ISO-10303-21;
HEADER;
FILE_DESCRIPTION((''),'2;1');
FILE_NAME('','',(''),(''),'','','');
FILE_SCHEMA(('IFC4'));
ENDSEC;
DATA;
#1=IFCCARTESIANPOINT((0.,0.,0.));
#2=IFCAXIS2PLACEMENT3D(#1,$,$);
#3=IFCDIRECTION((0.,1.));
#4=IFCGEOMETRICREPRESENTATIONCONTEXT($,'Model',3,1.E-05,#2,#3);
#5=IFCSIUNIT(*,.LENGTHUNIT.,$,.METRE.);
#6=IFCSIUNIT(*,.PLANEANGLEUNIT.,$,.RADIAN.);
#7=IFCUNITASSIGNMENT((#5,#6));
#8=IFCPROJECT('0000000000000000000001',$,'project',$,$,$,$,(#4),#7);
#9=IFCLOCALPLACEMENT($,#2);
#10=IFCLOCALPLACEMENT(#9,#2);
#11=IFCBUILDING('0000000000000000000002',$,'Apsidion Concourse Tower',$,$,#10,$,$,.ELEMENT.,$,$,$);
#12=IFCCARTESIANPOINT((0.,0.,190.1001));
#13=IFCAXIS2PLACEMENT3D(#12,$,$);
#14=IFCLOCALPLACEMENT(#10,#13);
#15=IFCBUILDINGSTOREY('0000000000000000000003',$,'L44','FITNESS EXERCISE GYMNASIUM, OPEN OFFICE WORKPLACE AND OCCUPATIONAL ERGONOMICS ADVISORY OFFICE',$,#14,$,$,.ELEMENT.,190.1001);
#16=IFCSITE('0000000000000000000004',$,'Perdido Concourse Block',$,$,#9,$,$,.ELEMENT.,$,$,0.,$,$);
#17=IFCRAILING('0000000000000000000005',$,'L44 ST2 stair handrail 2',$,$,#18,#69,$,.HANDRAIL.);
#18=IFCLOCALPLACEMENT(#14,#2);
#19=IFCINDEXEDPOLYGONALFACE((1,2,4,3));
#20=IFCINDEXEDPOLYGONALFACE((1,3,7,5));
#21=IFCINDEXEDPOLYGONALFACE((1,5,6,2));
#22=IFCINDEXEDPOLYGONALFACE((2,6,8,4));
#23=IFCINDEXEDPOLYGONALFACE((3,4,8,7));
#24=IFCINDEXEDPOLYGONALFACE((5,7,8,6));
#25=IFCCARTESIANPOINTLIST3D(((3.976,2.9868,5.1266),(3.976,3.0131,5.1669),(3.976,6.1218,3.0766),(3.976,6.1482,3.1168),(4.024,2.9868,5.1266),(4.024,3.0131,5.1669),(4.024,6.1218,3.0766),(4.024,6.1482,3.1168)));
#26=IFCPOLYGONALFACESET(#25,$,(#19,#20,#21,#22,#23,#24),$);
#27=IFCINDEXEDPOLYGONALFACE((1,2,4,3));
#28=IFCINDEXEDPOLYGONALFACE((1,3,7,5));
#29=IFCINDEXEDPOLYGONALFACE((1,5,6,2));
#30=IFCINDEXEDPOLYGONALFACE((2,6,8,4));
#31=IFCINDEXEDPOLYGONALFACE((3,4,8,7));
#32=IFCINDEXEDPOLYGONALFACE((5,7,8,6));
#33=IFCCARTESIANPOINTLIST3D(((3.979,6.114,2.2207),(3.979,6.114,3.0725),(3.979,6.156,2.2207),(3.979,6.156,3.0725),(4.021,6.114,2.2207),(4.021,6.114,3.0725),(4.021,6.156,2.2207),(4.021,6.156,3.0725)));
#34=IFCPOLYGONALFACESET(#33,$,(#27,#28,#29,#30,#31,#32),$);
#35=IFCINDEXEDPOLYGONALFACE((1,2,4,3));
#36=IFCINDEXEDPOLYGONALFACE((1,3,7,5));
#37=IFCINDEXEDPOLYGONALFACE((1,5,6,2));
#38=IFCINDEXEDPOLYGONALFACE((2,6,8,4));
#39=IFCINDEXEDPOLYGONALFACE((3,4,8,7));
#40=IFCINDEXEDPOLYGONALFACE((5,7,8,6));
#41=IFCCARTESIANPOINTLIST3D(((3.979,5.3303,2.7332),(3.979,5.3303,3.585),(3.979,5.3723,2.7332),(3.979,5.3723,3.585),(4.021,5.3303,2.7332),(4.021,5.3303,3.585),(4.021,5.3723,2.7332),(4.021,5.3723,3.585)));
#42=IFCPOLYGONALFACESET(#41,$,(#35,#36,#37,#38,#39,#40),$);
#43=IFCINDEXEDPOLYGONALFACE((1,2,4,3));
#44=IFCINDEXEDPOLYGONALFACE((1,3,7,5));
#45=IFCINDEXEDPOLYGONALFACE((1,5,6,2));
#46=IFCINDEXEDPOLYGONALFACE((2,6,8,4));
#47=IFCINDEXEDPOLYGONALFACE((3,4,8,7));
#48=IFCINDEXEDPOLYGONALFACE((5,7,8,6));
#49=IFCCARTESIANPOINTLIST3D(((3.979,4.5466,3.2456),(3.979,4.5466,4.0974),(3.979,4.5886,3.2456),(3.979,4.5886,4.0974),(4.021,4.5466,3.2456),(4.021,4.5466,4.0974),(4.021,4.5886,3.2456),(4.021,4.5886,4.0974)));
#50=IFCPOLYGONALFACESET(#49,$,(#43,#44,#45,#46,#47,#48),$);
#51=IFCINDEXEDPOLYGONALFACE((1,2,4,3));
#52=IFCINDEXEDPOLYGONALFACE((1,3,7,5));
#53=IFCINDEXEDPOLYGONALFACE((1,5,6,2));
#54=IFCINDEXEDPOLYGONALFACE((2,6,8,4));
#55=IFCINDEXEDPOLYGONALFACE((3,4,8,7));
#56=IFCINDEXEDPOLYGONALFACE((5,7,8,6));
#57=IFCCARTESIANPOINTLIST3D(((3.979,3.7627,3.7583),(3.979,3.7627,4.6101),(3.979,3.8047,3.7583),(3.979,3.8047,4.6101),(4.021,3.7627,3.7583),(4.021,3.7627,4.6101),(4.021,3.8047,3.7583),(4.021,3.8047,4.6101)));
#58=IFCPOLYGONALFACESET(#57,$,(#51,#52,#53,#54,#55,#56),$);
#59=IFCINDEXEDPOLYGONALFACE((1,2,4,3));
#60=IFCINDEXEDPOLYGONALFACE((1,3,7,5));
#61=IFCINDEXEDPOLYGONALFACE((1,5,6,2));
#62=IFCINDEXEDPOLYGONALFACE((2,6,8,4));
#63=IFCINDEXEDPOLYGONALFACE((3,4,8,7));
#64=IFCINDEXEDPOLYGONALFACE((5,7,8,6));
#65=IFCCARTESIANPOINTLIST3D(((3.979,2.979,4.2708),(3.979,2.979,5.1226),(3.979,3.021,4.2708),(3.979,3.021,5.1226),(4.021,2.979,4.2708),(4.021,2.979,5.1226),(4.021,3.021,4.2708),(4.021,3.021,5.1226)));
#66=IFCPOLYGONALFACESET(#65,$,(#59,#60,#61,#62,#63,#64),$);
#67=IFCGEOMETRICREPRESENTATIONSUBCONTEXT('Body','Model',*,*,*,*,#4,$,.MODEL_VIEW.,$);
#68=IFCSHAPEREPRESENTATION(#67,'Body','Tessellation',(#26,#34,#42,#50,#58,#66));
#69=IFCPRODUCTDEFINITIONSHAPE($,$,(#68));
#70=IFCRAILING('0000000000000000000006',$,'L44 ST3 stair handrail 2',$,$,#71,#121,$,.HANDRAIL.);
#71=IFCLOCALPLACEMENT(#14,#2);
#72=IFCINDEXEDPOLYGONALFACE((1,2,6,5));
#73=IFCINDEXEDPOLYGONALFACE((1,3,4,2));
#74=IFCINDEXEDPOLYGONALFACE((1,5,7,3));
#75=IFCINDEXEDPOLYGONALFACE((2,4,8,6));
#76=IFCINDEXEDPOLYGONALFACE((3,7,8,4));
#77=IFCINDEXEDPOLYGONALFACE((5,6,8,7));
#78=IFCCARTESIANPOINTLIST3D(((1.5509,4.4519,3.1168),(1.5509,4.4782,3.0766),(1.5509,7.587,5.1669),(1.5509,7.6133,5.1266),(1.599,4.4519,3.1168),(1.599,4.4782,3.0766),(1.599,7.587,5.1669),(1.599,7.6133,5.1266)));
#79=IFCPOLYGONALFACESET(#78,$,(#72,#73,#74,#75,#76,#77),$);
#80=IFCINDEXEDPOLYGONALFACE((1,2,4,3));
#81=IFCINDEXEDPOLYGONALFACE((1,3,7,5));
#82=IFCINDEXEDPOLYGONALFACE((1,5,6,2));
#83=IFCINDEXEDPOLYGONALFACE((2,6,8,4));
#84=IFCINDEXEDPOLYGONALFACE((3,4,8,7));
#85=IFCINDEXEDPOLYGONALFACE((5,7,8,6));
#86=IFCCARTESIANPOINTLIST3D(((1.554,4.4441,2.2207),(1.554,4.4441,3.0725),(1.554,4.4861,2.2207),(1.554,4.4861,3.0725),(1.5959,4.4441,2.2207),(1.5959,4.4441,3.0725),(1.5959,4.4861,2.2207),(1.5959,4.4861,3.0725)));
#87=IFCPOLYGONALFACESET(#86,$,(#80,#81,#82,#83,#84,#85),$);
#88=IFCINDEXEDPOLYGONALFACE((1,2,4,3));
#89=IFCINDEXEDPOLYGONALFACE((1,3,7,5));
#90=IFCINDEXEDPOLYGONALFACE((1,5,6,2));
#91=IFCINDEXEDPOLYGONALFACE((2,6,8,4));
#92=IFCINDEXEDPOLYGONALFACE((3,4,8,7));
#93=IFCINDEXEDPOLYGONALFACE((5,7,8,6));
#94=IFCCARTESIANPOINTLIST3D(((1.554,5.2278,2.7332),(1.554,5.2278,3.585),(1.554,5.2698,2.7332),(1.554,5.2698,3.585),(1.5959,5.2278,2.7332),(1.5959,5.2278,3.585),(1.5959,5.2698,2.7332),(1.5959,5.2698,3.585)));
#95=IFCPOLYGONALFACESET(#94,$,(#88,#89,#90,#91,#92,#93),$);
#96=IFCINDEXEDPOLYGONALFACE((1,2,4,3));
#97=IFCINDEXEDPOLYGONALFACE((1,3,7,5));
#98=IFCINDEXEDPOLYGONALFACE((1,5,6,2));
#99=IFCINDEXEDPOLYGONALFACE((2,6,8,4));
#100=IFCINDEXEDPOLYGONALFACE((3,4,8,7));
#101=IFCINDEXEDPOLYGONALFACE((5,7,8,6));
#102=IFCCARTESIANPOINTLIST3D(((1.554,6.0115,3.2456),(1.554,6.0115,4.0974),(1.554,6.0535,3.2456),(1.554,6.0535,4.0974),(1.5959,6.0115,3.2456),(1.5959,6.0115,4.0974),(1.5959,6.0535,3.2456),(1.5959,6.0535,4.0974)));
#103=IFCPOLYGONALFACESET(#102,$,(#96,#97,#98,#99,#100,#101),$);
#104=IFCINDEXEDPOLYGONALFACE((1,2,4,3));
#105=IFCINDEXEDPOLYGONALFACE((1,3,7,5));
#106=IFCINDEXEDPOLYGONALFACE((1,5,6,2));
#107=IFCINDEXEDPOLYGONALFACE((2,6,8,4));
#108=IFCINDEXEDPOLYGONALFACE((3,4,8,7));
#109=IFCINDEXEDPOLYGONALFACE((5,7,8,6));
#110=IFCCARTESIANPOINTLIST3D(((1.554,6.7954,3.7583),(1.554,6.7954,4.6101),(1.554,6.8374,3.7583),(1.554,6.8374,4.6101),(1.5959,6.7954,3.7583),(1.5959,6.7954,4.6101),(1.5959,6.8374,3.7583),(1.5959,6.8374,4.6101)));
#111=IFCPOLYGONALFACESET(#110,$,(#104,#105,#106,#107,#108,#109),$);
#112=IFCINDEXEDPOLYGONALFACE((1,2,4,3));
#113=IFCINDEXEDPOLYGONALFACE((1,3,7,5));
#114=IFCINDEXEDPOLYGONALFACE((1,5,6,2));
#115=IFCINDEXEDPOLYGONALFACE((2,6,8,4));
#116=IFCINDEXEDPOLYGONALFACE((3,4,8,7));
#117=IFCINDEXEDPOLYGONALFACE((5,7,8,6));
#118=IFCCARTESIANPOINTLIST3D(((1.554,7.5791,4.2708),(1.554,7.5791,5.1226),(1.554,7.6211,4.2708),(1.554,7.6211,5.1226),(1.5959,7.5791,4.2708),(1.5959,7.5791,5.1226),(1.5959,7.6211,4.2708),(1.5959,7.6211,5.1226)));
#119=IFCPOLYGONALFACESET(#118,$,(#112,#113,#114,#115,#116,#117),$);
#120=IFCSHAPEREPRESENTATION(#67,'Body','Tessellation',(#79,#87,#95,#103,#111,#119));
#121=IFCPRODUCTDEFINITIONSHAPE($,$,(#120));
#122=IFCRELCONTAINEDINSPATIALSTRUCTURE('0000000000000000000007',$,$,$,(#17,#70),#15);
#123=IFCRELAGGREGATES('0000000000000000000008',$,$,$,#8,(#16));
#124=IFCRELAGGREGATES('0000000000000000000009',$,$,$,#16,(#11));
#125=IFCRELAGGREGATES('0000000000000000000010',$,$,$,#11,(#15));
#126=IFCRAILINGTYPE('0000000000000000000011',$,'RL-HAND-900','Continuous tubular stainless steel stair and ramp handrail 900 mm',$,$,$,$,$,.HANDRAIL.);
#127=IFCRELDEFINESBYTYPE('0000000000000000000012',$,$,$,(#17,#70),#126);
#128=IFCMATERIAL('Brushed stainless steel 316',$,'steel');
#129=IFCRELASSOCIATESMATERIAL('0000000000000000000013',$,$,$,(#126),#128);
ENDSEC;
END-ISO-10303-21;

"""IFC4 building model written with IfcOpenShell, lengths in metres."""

from ifc_helpers import new_model, si_unit, direction, frame, origin, origin_2d, place, context, subcontext, project, spatial, rectangle, extrude, material, type_object, element, save


model = new_model("IFC4")

# Units and contexts
model_context = context("Model", 3, precision=1e-05, world=origin(), true_north=direction((0.0, 1.0)))
body_context = subcontext(model_context, "Body", "Model", "MODEL_VIEW")
ifc_project = project(units=[si_unit("LENGTHUNIT", "METRE"), si_unit("PLANEANGLEUNIT", "RADIAN")], contexts=[model_context])

# Site, building, storey
site_placement = place(None, origin())
site = spatial("IfcSite", under=ifc_project, at=site_placement, Name="Perdido Concourse Block", CompositionType="ELEMENT", RefElevation=0.0)
building_placement = place(site_placement, origin())
building = spatial("IfcBuilding", under=site, at=building_placement, Name="Apsidion Concourse Tower", CompositionType="ELEMENT")
storey_placement = place(building_placement, frame((0.0, 0.0, 190.1001)))
storey = spatial("IfcBuildingStorey", under=building, at=storey_placement, Name="L44", Description="FITNESS EXERCISE GYMNASIUM, OPEN OFFICE WORKPLACE AND OCCUPATIONAL ERGONOMICS ADVISORY OFFICE", CompositionType="ELEMENT", Elevation=190.1001)

# Railings
ifc_material_1 = material(Name="Brushed stainless steel 316", Category="steel")
railing_type_1 = type_object("IfcRailingType", Name="RL-HAND-900", Description="Continuous tubular stainless steel stair and ramp handrail 900 mm", PredefinedType="HANDRAIL", material=ifc_material_1)
railing_1_placement = place(storey_placement, frame((4.0, 6.135, 2.2207)))
element("IfcRailing", 1, at=railing_1_placement, inside=storey, type_object=railing_type_1, Name="L44 ST2 stair handrail 2", PredefinedType="HANDRAIL", context=body_context, shape_type="SweptSolid", body=[
    extrude(rectangle(XDim=0.0481, YDim=0.0481, at=origin_2d()), frame((0.0, 0.0, 0.876), z_axis=(0.0, -0.836941, 0.547293), x_axis=(1.0, 0.0, 0.0)), (0.0, 0.0, 1.0), 3.7458),
    extrude(rectangle(XDim=0.042, YDim=0.042, at=origin_2d()), origin(), (0.0, 0.0, 1.0), 0.8518),
    extrude(rectangle(XDim=0.042, YDim=0.042, at=origin_2d()), frame((0.0, -0.7837, 0.5125)), (0.0, 0.0, 1.0), 0.8518),
    extrude(rectangle(XDim=0.042, YDim=0.042, at=origin_2d()), frame((0.0, -1.5674, 1.0249)), (0.0, 0.0, 1.0), 0.8518),
    extrude(rectangle(XDim=0.042, YDim=0.042, at=origin_2d()), frame((0.0, -2.3513, 1.5376)), (0.0, 0.0, 1.0), 0.8518),
    extrude(rectangle(XDim=0.042, YDim=0.042, at=origin_2d()), frame((0.0, -3.135, 2.05)), (0.0, 0.0, 1.0), 0.8518),
])
railing_2_placement = place(storey_placement, frame((1.575, 4.4651, 2.2207)))
element("IfcRailing", 2, at=railing_2_placement, inside=storey, type_object=railing_type_1, Name="L44 ST3 stair handrail 2", PredefinedType="HANDRAIL", context=body_context, shape_type="SweptSolid", body=[
    extrude(rectangle(XDim=0.0481, YDim=0.0481, at=origin_2d()), frame((0.0, 0.0, 0.876), z_axis=(0.0, 0.836941, 0.547293), x_axis=(-1.0, 0.0, 0.0)), (0.0, 0.0, 1.0), 3.7458),
    extrude(rectangle(XDim=0.042, YDim=0.042, at=origin_2d()), origin(), (0.0, 0.0, 1.0), 0.8518),
    extrude(rectangle(XDim=0.042, YDim=0.042, at=origin_2d()), frame((0.0, 0.7837, 0.5125)), (0.0, 0.0, 1.0), 0.8518),
    extrude(rectangle(XDim=0.042, YDim=0.042, at=origin_2d()), frame((0.0, 1.5674, 1.0249)), (0.0, 0.0, 1.0), 0.8518),
    extrude(rectangle(XDim=0.042, YDim=0.042, at=origin_2d()), frame((0.0, 2.3513, 1.5376)), (0.0, 0.0, 1.0), 0.8518),
    extrude(rectangle(XDim=0.042, YDim=0.042, at=origin_2d()), frame((0.0, 3.135, 2.05)), (0.0, 0.0, 1.0), 0.8518),
])

save(model, "model.ifc")
